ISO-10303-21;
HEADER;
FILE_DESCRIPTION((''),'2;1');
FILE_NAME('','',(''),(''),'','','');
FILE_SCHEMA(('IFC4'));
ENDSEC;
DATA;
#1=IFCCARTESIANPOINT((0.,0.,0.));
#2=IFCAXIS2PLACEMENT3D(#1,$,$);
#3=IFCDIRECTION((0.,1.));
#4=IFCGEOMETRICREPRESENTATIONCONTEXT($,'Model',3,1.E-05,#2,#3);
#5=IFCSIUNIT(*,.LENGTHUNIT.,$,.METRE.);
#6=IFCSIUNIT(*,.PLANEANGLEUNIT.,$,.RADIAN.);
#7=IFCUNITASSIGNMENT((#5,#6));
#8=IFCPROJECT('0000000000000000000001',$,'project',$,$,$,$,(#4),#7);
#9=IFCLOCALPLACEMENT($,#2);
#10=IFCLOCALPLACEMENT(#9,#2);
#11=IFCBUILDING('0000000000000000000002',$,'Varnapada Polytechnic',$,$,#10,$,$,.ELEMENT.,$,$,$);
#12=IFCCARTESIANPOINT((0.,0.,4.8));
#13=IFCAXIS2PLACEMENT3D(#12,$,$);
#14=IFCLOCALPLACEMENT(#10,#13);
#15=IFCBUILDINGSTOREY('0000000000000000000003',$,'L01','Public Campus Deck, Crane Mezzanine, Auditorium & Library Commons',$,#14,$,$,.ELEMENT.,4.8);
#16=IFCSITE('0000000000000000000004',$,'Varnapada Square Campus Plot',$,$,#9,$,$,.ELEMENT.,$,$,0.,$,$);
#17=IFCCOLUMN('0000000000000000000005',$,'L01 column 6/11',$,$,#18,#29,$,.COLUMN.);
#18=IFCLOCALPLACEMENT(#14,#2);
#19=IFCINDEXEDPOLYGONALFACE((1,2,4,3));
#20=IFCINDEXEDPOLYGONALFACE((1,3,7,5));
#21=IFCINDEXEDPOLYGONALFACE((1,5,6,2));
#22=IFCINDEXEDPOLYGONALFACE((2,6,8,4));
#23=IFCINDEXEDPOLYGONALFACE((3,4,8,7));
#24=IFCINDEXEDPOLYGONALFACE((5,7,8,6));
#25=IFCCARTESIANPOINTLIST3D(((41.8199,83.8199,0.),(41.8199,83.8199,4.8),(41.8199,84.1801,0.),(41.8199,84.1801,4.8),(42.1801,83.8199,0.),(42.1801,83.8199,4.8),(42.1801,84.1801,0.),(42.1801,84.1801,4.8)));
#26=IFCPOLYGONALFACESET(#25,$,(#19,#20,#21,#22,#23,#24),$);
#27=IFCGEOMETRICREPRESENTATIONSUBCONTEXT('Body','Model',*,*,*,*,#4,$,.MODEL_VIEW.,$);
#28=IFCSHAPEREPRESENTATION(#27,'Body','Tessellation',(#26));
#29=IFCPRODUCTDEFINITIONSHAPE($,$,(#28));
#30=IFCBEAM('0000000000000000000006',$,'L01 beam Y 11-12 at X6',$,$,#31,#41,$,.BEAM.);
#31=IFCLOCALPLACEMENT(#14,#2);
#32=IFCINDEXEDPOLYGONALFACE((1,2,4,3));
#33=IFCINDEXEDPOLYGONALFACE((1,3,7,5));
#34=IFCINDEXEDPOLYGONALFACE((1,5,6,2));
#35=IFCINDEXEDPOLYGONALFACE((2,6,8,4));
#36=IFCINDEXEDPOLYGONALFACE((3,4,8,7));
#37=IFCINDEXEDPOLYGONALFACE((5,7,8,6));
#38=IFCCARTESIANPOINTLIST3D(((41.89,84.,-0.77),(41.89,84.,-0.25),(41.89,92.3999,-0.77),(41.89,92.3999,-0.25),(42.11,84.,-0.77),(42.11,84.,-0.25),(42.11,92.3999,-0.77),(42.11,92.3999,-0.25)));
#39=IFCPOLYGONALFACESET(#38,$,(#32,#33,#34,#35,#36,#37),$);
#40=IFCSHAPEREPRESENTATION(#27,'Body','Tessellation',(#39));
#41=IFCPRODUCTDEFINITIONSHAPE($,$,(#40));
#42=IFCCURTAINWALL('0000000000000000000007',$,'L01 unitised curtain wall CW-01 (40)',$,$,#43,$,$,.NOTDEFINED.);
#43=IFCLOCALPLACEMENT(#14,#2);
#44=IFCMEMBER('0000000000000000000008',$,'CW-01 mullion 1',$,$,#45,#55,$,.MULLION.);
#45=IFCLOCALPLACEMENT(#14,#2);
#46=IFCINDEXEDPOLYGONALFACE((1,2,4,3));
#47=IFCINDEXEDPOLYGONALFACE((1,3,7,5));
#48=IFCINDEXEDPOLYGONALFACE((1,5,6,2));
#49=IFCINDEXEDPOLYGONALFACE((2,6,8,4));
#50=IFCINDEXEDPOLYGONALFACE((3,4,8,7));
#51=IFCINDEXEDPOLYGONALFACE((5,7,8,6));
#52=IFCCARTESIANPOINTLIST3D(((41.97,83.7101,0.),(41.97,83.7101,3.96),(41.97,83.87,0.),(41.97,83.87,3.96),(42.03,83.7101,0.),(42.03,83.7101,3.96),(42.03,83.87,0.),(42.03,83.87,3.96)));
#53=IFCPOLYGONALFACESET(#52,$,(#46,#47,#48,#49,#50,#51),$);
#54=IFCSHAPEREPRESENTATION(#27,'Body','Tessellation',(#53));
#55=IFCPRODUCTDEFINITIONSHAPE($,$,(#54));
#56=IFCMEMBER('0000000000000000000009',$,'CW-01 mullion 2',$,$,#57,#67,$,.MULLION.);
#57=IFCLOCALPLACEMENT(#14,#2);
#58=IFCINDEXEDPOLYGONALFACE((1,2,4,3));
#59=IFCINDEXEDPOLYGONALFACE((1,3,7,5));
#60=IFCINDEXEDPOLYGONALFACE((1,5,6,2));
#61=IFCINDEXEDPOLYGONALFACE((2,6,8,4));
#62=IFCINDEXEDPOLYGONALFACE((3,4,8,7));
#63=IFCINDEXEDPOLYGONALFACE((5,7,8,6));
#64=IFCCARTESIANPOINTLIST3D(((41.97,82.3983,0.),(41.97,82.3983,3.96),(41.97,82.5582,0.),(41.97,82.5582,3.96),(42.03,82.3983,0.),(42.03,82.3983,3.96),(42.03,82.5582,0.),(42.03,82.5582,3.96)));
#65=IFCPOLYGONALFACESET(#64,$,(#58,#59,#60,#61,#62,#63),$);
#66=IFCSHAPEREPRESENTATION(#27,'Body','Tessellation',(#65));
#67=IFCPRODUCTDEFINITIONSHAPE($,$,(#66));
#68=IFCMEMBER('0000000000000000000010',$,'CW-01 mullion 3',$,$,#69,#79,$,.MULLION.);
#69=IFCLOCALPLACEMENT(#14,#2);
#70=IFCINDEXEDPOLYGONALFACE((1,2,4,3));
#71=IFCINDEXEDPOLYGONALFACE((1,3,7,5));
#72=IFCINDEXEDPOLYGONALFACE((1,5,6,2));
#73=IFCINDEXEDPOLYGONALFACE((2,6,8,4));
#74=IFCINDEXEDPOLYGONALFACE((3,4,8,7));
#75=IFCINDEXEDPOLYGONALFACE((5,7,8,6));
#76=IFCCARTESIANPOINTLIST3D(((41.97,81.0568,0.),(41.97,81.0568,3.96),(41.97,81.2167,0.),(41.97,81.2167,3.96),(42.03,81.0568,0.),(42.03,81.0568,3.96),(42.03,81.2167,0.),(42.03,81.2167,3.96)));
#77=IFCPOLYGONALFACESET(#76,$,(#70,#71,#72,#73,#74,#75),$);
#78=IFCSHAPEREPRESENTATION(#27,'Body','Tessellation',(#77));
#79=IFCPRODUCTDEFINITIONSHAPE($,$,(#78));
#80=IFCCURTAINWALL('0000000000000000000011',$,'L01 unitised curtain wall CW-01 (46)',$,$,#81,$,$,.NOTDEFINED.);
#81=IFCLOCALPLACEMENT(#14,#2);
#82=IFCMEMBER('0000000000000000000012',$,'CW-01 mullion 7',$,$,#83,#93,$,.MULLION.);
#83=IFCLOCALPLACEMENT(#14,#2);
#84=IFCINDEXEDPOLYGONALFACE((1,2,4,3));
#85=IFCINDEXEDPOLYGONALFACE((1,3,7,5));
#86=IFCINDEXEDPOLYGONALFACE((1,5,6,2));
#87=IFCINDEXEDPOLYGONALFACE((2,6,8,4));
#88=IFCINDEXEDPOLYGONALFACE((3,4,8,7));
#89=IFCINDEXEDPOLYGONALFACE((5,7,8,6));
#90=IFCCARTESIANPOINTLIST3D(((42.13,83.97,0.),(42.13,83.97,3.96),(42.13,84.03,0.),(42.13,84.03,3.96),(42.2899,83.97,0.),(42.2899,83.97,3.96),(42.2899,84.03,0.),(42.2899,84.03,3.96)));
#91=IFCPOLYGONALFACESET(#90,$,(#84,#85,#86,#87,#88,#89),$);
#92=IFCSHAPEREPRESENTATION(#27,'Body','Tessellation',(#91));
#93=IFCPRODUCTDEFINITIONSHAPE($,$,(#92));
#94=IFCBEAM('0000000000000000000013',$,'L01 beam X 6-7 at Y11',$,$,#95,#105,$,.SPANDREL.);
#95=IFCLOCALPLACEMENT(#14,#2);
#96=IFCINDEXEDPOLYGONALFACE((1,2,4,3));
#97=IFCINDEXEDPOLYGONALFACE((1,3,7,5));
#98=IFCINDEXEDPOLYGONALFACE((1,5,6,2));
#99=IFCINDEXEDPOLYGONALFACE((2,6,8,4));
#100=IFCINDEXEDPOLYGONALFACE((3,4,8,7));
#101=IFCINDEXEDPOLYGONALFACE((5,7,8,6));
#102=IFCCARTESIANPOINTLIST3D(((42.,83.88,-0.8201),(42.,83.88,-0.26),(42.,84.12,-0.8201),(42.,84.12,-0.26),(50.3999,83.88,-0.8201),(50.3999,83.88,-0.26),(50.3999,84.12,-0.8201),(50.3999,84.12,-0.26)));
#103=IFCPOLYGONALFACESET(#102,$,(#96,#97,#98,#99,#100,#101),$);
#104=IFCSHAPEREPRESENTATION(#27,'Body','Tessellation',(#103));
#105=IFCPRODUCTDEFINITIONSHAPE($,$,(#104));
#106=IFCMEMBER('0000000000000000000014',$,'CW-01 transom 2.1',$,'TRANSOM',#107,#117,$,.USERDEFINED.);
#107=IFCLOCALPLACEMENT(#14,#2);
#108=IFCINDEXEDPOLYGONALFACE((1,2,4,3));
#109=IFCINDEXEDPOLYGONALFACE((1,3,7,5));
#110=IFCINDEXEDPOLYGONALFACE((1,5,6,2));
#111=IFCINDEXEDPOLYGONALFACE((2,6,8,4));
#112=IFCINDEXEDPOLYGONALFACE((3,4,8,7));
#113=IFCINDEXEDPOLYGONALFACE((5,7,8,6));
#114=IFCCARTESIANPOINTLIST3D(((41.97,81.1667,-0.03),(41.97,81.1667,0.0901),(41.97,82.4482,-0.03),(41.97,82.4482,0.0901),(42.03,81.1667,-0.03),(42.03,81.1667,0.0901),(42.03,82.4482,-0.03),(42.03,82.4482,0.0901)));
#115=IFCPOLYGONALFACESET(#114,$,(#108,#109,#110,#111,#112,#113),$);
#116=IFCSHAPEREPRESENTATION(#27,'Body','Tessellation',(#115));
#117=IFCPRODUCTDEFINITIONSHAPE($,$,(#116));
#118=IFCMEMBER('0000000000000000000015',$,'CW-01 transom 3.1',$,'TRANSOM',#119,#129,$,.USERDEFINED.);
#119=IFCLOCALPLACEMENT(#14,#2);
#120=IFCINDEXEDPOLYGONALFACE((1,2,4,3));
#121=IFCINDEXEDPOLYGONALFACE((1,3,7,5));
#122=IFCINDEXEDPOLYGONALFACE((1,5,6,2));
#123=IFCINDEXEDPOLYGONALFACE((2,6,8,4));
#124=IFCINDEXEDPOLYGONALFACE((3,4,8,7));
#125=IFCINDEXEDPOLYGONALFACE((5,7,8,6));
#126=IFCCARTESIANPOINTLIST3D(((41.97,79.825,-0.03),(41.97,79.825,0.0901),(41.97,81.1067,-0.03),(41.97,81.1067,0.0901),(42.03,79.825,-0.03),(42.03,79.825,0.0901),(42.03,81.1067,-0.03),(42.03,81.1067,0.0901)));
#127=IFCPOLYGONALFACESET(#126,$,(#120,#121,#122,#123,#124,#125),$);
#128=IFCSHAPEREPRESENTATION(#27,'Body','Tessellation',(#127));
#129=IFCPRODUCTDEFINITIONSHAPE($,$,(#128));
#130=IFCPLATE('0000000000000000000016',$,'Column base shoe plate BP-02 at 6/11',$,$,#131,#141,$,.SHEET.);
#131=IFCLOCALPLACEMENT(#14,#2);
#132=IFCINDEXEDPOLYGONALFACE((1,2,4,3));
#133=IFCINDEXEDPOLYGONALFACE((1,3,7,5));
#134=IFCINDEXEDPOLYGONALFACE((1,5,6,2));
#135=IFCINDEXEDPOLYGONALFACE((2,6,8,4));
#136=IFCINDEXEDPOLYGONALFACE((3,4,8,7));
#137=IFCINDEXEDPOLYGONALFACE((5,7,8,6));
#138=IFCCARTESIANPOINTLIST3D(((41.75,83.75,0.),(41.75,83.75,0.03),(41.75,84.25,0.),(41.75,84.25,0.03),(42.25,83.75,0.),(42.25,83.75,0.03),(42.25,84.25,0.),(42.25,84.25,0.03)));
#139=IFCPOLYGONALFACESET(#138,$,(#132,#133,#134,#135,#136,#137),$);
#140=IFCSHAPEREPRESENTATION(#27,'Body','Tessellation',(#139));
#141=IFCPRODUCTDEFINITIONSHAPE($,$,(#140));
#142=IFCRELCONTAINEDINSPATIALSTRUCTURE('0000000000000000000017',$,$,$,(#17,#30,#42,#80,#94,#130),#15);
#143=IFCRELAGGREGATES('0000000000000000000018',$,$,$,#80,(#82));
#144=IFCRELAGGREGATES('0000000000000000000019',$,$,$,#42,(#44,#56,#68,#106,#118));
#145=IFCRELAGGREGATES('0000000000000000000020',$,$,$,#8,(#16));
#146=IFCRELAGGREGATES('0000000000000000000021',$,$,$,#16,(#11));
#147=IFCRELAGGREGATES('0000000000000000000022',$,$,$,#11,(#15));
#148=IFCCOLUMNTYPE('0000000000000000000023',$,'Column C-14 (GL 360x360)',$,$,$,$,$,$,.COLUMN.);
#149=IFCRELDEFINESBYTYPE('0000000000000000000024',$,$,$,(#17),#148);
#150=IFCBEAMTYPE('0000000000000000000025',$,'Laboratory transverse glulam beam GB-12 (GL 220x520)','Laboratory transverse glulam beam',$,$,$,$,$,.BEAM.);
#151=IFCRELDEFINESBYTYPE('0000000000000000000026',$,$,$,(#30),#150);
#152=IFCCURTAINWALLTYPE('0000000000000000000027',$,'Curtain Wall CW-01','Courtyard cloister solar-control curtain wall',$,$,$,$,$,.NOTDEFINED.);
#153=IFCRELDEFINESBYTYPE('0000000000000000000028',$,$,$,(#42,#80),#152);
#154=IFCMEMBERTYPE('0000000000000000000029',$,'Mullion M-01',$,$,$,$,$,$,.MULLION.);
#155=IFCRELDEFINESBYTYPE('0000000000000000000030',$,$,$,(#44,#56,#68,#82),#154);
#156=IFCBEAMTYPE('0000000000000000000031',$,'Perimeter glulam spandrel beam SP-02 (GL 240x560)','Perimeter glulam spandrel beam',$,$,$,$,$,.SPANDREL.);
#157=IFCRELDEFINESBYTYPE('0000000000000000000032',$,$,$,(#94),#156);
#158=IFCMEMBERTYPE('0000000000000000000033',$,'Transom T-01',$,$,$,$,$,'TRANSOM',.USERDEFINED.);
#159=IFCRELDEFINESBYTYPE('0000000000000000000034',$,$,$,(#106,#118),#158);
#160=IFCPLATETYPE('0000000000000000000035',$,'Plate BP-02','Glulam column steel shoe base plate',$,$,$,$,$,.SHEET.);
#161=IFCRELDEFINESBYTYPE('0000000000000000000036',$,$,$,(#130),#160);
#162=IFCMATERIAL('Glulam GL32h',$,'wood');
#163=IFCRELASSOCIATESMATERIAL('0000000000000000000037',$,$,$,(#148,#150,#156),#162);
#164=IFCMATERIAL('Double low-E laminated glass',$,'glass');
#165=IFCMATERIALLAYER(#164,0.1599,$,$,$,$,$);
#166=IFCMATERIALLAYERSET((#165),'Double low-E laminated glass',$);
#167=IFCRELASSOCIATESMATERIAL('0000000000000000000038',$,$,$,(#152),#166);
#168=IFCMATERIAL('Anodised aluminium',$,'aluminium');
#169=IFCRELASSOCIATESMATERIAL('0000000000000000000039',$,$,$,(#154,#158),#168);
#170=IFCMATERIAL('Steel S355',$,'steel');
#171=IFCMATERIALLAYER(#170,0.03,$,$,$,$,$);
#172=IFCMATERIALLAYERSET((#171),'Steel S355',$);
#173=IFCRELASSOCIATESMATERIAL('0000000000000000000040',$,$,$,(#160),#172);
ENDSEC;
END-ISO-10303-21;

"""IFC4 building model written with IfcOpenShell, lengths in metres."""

from ifc_helpers import new_model, si_unit, direction, frame, origin, origin_2d, place, context, subcontext, project, spatial, rectangle, extrude, material, layer, layer_set, material_profile, profile_set, type_object, element, aggregate, save


model = new_model("IFC4")

# Units and contexts
model_context = context("Model", 3, precision=1e-05, world=origin(), true_north=direction((0.0, 1.0)))
body_context = subcontext(model_context, "Body", "Model", "MODEL_VIEW")
ifc_project = project(units=[si_unit("LENGTHUNIT", "METRE"), si_unit("PLANEANGLEUNIT", "RADIAN")], contexts=[model_context])

# Site, building, storey
site_placement = place(None, origin())
site = spatial("IfcSite", under=ifc_project, at=site_placement, Name="Varnapada Square Campus Plot", CompositionType="ELEMENT", RefElevation=0.0)
building_placement = place(site_placement, origin())
building = spatial("IfcBuilding", under=site, at=building_placement, Name="Varnapada Polytechnic", CompositionType="ELEMENT")
storey_placement = place(building_placement, frame((0.0, 0.0, 4.8)))
storey = spatial("IfcBuildingStorey", under=building, at=storey_placement, Name="L01", Description="Public Campus Deck, Crane Mezzanine, Auditorium & Library Commons", CompositionType="ELEMENT", Elevation=4.8)

# Column
ifc_material_1 = material(Name="Glulam GL32h", Category="wood")
ifc_material_profile_1 = material_profile(ifc_material_1, rectangle(XDim=0.3601, YDim=0.3601, at=origin_2d()), Name="GL 360x360")
ifc_profile_set_1 = profile_set([ifc_material_profile_1], Name="Glulam GL32h")
column_type = type_object("IfcColumnType", Name="Column C-14 (GL 360x360)", PredefinedType="COLUMN", material=ifc_profile_set_1)
column_placement = place(storey_placement, frame((42.0, 84.0, 0.0), z_axis=(0.0, 0.0, 1.0), x_axis=(1.0, 0.0, 0.0)))
element("IfcColumn", 1, at=column_placement, inside=storey, type_object=column_type, Name="L01 column 6/11", PredefinedType="COLUMN", context=body_context, shape_type="SweptSolid", body=[
    extrude(rectangle(XDim=0.3601, YDim=0.3601, at=origin_2d()), origin(), (0.0, 0.0, 1.0), 4.8),
])

# Beam
ifc_material_profile_2 = material_profile(ifc_material_1, rectangle(XDim=0.22, YDim=0.52, at=origin_2d()), Name="GL 220x520")
ifc_profile_set_2 = profile_set([ifc_material_profile_2], Name="Glulam GL32h")
beam_type_1 = type_object("IfcBeamType", Name="Laboratory transverse glulam beam GB-12 (GL 220x520)", Description="Laboratory transverse glulam beam", PredefinedType="BEAM", material=ifc_profile_set_2)
beam_1_placement = place(storey_placement, frame((42.0, 84.0, -0.51), z_axis=(0.0, 1.0, 0.0), x_axis=(-1.0, 0.0, 0.0)))
element("IfcBeam", 2, at=beam_1_placement, inside=storey, type_object=beam_type_1, Name="L01 beam Y 11-12 at X6", PredefinedType="BEAM", context=body_context, shape_type="SweptSolid", body=[
    extrude(rectangle(XDim=0.22, YDim=0.52, at=origin_2d()), origin(), (0.0, 0.0, 1.0), 8.3999),
])

# Curtain wall, members
ifc_material_2 = material(Name="Double low-E laminated glass", Category="glass")
ifc_layer_1 = layer(ifc_material_2, 0.1599)
ifc_layer_set_1 = layer_set([ifc_layer_1], Name="Double low-E laminated glass")
curtain_wall_type = type_object("IfcCurtainWallType", Name="Curtain Wall CW-01", Description="Courtyard cloister solar-control curtain wall", PredefinedType="NOTDEFINED", material=ifc_layer_set_1)
curtain_wall_1_placement = place(storey_placement, origin())
curtain_wall_1 = element("IfcCurtainWall", 3, at=curtain_wall_1_placement, inside=storey, type_object=curtain_wall_type, Name="L01 unitised curtain wall CW-01 (40)", PredefinedType="NOTDEFINED")
ifc_material_3 = material(Name="Anodised aluminium", Category="aluminium")
ifc_material_profile_3 = material_profile(ifc_material_3, rectangle(XDim=0.0601, YDim=0.1599, at=origin_2d()), Name="ALU M60x160")
ifc_profile_set_3 = profile_set([ifc_material_profile_3], Name="Anodised aluminium")
member_type_1 = type_object("IfcMemberType", Name="Mullion M-01", PredefinedType="MULLION", material=ifc_profile_set_3)
member_1_placement = place(storey_placement, frame((42.0, 83.79, 0.0), z_axis=(0.0, 0.0, 1.0), x_axis=(1.0, 0.0, 0.0)))
member_1 = element("IfcMember", 4, at=member_1_placement, type_object=member_type_1, Name="CW-01 mullion 1", PredefinedType="MULLION", context=body_context, shape_type="SweptSolid", body=[
    extrude(rectangle(XDim=0.0601, YDim=0.1599, at=origin_2d()), origin(), (0.0, 0.0, 1.0), 3.96),
])
member_2_placement = place(storey_placement, frame((42.0, 82.4783, 0.0), z_axis=(0.0, 0.0, 1.0), x_axis=(1.0, 0.0, 0.0)))
member_2 = element("IfcMember", 5, at=member_2_placement, type_object=member_type_1, Name="CW-01 mullion 2", PredefinedType="MULLION", context=body_context, shape_type="SweptSolid", body=[
    extrude(rectangle(XDim=0.0601, YDim=0.1599, at=origin_2d()), origin(), (0.0, 0.0, 1.0), 3.96),
])
member_3_placement = place(storey_placement, frame((42.0, 81.1367, 0.0), z_axis=(0.0, 0.0, 1.0), x_axis=(1.0, 0.0, 0.0)))
member_3 = element("IfcMember", 6, at=member_3_placement, type_object=member_type_1, Name="CW-01 mullion 3", PredefinedType="MULLION", context=body_context, shape_type="SweptSolid", body=[
    extrude(rectangle(XDim=0.0601, YDim=0.1599, at=origin_2d()), origin(), (0.0, 0.0, 1.0), 3.96),
])

# Curtain wall, member
curtain_wall_2_placement = place(storey_placement, origin())
curtain_wall_2 = element("IfcCurtainWall", 7, at=curtain_wall_2_placement, inside=storey, type_object=curtain_wall_type, Name="L01 unitised curtain wall CW-01 (46)", PredefinedType="NOTDEFINED")
member_4_placement = place(storey_placement, frame((42.21, 84.0, 0.0), z_axis=(0.0, 0.0, 1.0), x_axis=(0.0, -1.0, 0.0)))
member_4 = element("IfcMember", 8, at=member_4_placement, type_object=member_type_1, Name="CW-01 mullion 7", PredefinedType="MULLION", context=body_context, shape_type="SweptSolid", body=[
    extrude(rectangle(XDim=0.0601, YDim=0.1599, at=origin_2d()), origin(), (0.0, 0.0, 1.0), 3.96),
])
aggregate(curtain_wall_2, [member_4])

# Beam
ifc_material_profile_4 = material_profile(ifc_material_1, rectangle(XDim=0.24, YDim=0.5601, at=origin_2d()), Name="GL 240x560")
ifc_profile_set_4 = profile_set([ifc_material_profile_4], Name="Glulam GL32h")
beam_type_2 = type_object("IfcBeamType", Name="Perimeter glulam spandrel beam SP-02 (GL 240x560)", Description="Perimeter glulam spandrel beam", PredefinedType="SPANDREL", material=ifc_profile_set_4)
beam_2_placement = place(storey_placement, frame((42.0, 84.0, -0.54), z_axis=(1.0, 0.0, 0.0), x_axis=(0.0, 1.0, 0.0)))
element("IfcBeam", 9, at=beam_2_placement, inside=storey, type_object=beam_type_2, Name="L01 beam X 6-7 at Y11", PredefinedType="SPANDREL", context=body_context, shape_type="SweptSolid", body=[
    extrude(rectangle(XDim=0.24, YDim=0.5601, at=origin_2d()), origin(), (0.0, 0.0, 1.0), 8.3999),
])

# Members
ifc_material_profile_5 = material_profile(ifc_material_3, rectangle(XDim=0.0601, YDim=0.1201, at=origin_2d()), Name="ALU T60x120")
ifc_profile_set_5 = profile_set([ifc_material_profile_5], Name="Anodised aluminium")
member_type_2 = type_object("IfcMemberType", Name="Transom T-01", ElementType="TRANSOM", PredefinedType="USERDEFINED", material=ifc_profile_set_5)
member_5_placement = place(storey_placement, frame((42.0, 82.4482, 0.03), z_axis=(0.0, -1.0, 0.0), x_axis=(1.0, 0.0, 0.0)))
member_5 = element("IfcMember", 10, at=member_5_placement, type_object=member_type_2, Name="CW-01 transom 2.1", ObjectType="TRANSOM", PredefinedType="USERDEFINED", context=body_context, shape_type="SweptSolid", body=[
    extrude(rectangle(XDim=0.0601, YDim=0.1201, at=origin_2d()), origin(), (0.0, 0.0, 1.0), 1.2815),
])
member_6_placement = place(storey_placement, frame((42.0, 81.1067, 0.03), z_axis=(0.0, -1.0, 0.0), x_axis=(1.0, 0.0, 0.0)))
member_6 = element("IfcMember", 11, at=member_6_placement, type_object=member_type_2, Name="CW-01 transom 3.1", ObjectType="TRANSOM", PredefinedType="USERDEFINED", context=body_context, shape_type="SweptSolid", body=[
    extrude(rectangle(XDim=0.0601, YDim=0.1201, at=origin_2d()), origin(), (0.0, 0.0, 1.0), 1.2817),
])
aggregate(curtain_wall_1, [member_1, member_2, member_3, member_5, member_6])

# Plate
ifc_material_4 = material(Name="Steel S355", Category="steel")
ifc_layer_2 = layer(ifc_material_4, 0.03)
ifc_layer_set_2 = layer_set([ifc_layer_2], Name="Steel S355")
plate_type = type_object("IfcPlateType", Name="Plate BP-02", Description="Glulam column steel shoe base plate", PredefinedType="SHEET", material=ifc_layer_set_2)
plate_placement = place(storey_placement, frame((42.0, 84.0, 0.0), z_axis=(0.0, 0.0, 1.0), x_axis=(1.0, 0.0, 0.0)))
element("IfcPlate", 12, at=plate_placement, inside=storey, type_object=plate_type, Name="Column base shoe plate BP-02 at 6/11", PredefinedType="SHEET", context=body_context, shape_type="SweptSolid", body=[
    extrude(rectangle(XDim=0.5, YDim=0.5, at=origin_2d()), origin(), (0.0, 0.0, 1.0), 0.03),
])

save(model, "model.ifc")
